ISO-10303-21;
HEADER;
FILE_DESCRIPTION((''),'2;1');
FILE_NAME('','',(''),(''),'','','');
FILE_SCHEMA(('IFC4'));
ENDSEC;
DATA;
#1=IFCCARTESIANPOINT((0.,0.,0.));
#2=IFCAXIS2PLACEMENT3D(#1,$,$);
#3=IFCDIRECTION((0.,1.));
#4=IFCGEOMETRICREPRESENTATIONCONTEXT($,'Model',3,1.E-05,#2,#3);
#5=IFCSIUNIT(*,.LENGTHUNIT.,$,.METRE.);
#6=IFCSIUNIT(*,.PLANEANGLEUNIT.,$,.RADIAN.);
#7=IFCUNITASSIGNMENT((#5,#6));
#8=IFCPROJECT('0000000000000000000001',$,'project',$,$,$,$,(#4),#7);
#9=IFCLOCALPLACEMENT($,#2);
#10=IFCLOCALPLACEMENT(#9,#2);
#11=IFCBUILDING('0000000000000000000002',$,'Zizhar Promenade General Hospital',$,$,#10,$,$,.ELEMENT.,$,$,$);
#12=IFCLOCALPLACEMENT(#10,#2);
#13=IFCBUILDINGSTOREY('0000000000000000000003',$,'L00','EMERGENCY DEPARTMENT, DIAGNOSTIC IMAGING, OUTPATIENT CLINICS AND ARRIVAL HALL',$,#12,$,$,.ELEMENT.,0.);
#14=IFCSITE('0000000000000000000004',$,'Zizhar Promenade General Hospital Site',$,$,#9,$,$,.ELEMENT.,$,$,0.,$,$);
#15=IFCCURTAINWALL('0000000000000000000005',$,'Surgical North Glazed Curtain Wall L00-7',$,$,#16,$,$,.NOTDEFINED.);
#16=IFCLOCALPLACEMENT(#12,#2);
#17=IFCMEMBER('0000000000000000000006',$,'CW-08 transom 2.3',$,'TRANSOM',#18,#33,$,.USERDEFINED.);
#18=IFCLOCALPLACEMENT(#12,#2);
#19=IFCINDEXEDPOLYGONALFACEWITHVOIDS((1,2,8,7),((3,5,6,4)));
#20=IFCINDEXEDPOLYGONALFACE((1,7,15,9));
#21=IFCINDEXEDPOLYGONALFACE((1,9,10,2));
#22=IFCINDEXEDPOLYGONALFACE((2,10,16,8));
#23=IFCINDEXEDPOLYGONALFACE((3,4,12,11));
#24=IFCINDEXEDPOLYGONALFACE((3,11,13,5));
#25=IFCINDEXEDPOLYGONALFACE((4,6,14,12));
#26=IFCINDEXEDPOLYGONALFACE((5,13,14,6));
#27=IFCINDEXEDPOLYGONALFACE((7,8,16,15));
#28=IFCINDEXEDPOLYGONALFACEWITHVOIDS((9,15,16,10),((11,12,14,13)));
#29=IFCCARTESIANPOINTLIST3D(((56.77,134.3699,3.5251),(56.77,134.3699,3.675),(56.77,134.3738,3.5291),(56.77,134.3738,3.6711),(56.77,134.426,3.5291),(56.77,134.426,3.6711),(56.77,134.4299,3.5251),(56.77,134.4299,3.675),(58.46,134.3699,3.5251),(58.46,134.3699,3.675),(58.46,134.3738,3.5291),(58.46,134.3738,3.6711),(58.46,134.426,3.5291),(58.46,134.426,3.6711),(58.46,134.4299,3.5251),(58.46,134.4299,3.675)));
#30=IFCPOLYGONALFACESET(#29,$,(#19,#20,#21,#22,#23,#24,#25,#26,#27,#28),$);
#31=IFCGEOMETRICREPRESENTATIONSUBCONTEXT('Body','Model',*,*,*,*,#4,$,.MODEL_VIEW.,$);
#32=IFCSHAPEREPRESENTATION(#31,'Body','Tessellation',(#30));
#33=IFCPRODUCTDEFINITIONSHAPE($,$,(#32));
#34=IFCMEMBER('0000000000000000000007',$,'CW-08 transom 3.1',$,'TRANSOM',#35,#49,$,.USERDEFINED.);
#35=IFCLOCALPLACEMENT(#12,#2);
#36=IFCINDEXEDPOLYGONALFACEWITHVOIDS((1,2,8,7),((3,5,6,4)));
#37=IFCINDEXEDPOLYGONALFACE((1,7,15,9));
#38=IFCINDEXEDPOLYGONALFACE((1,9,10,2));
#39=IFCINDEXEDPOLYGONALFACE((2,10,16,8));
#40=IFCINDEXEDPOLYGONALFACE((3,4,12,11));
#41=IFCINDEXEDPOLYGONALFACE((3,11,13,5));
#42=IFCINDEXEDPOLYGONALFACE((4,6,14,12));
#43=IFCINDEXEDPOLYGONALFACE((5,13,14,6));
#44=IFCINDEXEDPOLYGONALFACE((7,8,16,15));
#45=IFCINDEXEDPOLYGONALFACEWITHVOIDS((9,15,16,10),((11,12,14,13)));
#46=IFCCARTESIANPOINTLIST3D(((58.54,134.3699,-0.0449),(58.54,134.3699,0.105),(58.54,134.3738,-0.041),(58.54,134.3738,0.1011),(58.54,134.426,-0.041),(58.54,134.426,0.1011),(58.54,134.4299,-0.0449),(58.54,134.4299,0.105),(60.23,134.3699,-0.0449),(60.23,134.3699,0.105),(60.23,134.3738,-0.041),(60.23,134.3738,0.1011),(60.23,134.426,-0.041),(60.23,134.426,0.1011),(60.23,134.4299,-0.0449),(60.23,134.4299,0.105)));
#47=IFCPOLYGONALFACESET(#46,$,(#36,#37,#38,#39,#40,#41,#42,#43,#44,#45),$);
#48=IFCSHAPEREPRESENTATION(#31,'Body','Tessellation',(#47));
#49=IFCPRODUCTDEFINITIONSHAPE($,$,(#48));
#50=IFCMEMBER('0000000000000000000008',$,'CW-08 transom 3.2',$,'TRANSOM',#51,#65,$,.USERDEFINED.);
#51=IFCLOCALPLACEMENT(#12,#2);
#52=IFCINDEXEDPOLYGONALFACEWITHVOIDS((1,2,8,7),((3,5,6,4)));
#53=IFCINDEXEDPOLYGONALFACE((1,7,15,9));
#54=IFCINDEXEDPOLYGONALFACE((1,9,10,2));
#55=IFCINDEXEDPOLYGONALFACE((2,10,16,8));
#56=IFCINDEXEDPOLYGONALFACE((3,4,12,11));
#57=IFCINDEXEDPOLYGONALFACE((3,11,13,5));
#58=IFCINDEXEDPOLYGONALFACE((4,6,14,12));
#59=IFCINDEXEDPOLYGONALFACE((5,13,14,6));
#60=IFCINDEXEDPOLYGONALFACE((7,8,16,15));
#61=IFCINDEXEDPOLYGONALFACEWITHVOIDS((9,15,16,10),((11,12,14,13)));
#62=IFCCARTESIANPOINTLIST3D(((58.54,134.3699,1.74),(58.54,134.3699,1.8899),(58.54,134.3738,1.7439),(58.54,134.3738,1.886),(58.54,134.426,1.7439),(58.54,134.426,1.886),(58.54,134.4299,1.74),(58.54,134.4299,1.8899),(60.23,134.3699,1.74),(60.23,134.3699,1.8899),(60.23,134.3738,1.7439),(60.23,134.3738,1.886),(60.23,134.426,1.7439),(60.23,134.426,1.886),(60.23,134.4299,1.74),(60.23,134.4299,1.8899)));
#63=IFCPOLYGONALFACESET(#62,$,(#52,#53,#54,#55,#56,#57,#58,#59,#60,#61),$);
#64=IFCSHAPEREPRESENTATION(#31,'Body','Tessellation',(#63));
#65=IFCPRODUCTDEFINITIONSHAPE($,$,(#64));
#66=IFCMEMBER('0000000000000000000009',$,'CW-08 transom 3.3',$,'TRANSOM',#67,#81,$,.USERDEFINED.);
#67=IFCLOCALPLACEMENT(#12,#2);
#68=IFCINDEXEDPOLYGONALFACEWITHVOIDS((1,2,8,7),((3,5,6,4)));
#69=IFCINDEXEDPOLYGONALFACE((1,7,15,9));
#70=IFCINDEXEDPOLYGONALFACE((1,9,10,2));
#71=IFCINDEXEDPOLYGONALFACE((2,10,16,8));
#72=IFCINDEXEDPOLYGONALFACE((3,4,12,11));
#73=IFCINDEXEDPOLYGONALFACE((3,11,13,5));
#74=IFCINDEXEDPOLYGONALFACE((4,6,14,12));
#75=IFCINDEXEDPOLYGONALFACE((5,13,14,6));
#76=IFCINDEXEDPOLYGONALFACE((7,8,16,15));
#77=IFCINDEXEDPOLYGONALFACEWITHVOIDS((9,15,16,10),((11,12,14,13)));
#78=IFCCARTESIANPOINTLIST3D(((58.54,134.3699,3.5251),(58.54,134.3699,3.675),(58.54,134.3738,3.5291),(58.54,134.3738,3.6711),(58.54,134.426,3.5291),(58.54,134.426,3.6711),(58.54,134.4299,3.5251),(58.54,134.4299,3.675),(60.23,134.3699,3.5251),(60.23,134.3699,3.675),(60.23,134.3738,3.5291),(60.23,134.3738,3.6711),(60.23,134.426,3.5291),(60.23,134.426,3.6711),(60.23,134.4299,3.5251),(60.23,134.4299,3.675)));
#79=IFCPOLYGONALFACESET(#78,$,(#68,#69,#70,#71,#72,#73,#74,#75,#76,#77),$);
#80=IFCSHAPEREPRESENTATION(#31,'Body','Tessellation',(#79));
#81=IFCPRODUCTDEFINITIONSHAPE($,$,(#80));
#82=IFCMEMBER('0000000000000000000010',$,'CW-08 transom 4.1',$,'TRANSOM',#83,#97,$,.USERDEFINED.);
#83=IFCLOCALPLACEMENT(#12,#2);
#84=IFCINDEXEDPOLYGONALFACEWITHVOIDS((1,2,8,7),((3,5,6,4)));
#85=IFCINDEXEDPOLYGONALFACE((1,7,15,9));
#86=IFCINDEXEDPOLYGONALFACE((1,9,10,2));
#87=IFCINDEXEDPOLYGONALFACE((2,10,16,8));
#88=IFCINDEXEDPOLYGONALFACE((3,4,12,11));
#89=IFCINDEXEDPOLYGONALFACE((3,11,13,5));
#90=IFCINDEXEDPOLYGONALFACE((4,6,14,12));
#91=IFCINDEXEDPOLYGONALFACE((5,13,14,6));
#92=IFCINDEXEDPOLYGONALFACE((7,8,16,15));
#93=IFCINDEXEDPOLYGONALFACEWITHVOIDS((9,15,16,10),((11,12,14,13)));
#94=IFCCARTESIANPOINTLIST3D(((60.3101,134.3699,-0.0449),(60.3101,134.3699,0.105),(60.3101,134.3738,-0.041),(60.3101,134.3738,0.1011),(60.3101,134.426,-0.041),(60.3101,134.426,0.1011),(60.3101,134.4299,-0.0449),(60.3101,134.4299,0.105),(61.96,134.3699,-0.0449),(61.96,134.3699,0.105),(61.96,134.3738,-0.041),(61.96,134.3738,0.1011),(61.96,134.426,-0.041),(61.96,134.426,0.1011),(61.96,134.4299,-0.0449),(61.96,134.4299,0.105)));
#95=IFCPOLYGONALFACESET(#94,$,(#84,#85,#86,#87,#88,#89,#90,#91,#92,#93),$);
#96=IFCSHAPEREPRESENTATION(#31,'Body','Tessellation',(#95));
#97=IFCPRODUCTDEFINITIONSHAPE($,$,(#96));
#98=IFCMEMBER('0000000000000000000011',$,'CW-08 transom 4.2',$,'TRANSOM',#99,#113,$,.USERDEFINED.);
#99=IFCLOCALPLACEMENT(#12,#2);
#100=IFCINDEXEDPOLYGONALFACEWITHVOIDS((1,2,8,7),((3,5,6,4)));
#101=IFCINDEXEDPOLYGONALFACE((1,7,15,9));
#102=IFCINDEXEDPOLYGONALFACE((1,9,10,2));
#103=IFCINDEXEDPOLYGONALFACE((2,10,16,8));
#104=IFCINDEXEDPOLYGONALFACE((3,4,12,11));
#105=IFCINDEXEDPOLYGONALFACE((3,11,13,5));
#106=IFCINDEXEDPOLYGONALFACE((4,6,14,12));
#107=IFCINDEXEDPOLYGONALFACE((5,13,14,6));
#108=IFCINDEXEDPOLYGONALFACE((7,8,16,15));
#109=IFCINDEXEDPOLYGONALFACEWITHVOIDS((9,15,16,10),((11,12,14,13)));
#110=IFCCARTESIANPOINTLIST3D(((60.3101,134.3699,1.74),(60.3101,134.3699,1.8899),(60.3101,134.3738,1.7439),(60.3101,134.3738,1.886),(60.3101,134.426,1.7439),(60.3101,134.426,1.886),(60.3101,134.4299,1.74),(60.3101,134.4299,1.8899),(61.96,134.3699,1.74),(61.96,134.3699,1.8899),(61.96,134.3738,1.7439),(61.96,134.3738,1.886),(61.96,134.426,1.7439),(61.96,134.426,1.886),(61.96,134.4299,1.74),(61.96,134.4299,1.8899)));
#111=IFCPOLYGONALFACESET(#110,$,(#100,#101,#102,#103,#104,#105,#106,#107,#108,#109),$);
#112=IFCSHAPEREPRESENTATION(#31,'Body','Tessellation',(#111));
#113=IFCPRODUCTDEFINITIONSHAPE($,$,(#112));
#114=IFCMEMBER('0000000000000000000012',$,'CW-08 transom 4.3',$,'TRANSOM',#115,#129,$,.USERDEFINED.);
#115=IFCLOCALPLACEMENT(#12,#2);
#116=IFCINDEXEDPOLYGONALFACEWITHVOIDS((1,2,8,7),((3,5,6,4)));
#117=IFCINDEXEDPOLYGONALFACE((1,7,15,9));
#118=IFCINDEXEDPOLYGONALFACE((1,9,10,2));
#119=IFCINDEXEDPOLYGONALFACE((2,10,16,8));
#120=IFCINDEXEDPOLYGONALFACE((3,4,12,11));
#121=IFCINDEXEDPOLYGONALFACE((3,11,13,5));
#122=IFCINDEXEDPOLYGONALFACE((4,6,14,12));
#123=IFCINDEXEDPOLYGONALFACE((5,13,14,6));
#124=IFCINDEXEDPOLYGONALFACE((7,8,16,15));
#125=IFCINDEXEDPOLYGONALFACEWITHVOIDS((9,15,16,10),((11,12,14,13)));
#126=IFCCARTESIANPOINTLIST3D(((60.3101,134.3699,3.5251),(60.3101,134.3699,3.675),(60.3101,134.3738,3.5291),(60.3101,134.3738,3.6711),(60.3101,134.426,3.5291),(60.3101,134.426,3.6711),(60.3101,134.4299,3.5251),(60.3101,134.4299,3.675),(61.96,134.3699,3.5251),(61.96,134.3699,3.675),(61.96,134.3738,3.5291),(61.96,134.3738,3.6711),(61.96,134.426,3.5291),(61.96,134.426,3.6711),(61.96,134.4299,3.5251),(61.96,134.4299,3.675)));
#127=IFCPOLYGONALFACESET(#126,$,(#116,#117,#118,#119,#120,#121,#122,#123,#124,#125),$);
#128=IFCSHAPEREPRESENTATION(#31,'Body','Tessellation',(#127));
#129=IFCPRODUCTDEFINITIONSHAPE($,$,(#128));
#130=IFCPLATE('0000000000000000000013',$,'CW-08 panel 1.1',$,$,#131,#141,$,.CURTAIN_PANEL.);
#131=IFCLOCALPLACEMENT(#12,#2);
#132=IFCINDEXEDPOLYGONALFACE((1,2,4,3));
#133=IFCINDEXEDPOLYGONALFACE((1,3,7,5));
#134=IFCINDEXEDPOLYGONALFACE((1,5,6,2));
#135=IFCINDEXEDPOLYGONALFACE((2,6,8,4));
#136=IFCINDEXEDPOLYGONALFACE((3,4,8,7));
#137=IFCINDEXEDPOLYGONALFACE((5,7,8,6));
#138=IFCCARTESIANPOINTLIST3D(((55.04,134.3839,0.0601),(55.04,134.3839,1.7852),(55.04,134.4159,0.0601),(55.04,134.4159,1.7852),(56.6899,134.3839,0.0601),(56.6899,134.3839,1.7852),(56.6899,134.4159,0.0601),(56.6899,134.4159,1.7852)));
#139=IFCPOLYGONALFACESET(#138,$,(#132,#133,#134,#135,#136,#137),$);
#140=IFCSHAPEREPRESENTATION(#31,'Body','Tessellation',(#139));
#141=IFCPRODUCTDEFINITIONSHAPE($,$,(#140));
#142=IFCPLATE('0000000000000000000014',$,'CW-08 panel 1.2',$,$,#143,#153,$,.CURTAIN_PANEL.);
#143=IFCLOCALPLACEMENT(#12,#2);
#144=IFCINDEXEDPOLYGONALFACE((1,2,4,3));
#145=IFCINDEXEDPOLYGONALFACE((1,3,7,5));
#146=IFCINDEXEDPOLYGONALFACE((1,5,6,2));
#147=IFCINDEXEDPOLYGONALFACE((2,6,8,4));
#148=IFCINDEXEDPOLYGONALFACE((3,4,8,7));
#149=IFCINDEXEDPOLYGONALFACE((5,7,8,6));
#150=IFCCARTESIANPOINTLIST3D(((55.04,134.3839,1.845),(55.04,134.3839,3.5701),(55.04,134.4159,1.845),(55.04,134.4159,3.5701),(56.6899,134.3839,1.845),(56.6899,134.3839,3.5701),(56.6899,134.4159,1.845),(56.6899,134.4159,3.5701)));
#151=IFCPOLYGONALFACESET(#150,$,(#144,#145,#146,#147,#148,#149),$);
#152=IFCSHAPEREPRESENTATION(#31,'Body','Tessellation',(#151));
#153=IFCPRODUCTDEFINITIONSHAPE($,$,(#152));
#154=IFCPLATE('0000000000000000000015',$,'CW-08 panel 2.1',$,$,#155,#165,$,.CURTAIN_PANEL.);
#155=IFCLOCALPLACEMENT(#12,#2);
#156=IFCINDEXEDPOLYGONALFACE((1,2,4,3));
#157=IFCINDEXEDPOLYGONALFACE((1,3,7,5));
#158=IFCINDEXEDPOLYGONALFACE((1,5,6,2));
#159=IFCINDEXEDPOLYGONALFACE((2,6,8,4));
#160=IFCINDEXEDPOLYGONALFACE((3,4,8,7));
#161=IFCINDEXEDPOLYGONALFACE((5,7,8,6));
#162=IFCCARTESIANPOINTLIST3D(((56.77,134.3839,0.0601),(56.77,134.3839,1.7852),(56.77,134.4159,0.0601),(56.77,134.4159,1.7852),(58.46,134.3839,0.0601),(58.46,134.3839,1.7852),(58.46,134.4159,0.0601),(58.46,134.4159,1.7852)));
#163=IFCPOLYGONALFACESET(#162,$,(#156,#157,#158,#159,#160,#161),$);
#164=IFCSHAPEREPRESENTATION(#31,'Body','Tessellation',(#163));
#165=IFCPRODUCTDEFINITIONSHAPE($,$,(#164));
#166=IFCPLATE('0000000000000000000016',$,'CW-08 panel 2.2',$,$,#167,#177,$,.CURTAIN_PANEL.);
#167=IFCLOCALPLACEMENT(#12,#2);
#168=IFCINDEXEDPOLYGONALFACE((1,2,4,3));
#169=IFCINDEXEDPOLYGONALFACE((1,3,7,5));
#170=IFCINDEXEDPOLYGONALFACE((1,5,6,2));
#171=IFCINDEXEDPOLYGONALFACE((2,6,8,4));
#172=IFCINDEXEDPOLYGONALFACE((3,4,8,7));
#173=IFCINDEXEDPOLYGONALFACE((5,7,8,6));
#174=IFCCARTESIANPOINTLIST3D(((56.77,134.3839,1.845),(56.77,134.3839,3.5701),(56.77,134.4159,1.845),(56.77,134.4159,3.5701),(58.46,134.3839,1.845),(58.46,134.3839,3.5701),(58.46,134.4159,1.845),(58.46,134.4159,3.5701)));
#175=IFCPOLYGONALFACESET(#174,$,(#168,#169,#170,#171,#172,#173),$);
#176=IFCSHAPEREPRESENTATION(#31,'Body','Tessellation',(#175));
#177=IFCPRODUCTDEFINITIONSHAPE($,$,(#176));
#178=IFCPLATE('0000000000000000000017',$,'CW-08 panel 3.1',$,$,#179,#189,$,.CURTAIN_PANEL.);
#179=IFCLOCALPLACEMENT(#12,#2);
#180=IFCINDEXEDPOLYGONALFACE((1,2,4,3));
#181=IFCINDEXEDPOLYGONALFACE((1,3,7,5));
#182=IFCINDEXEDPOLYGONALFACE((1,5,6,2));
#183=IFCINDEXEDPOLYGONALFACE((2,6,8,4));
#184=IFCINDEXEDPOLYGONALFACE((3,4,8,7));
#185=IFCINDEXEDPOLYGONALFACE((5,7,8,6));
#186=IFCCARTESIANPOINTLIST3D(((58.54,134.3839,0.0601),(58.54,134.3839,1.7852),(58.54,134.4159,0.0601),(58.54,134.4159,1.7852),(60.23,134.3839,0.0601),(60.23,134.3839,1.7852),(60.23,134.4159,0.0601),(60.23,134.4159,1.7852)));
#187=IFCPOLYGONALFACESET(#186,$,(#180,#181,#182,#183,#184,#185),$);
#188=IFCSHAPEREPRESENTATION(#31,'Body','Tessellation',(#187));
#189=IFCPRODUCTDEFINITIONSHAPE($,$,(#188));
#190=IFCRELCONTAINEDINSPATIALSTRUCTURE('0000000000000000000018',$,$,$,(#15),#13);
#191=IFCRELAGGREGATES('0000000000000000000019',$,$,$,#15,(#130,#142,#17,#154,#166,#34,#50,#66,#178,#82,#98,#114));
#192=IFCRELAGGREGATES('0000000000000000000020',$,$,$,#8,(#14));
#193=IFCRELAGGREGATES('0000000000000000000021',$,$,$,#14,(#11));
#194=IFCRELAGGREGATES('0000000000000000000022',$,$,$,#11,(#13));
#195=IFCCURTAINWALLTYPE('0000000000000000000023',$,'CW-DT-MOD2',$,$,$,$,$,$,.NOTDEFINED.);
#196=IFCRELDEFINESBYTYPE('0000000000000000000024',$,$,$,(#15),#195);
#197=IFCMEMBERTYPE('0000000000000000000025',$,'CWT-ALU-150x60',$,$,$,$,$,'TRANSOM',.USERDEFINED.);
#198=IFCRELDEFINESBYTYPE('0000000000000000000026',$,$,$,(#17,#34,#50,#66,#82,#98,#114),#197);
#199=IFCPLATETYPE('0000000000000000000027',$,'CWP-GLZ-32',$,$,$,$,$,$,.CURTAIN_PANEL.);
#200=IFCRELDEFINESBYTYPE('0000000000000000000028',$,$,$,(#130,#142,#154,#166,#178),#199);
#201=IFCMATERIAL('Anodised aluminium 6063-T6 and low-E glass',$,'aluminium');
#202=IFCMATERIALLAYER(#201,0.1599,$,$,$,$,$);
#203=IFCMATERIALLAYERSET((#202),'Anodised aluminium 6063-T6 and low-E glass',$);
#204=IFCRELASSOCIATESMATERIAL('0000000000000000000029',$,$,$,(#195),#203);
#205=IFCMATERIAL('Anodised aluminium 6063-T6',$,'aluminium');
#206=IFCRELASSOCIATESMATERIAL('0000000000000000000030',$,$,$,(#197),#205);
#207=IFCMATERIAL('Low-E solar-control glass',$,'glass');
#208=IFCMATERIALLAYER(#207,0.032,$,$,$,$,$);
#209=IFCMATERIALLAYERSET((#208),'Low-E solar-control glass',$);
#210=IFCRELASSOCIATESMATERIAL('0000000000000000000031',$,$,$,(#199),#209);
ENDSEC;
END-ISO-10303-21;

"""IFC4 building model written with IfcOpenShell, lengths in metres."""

from ifc_helpers import new_model, si_unit, direction, frame, origin, origin_2d, place, context, subcontext, project, spatial, rectangle, hollow_rectangle, extrude, material, layer, layer_set, material_profile, profile_set, type_object, element, aggregate, save


model = new_model("IFC4")

# Units and contexts
model_context = context("Model", 3, precision=1e-05, world=origin(), true_north=direction((0.0, 1.0)))
body_context = subcontext(model_context, "Body", "Model", "MODEL_VIEW")
ifc_project = project(units=[si_unit("LENGTHUNIT", "METRE"), si_unit("PLANEANGLEUNIT", "RADIAN")], contexts=[model_context])

# Site, building, storey
site_placement = place(None, origin())
site = spatial("IfcSite", under=ifc_project, at=site_placement, Name="Zizhar Promenade General Hospital Site", CompositionType="ELEMENT", RefElevation=0.0)
building_placement = place(site_placement, origin())
building = spatial("IfcBuilding", under=site, at=building_placement, Name="Zizhar Promenade General Hospital", CompositionType="ELEMENT")
storey_placement = place(building_placement, origin())
storey = spatial("IfcBuildingStorey", under=building, at=storey_placement, Name="L00", Description="EMERGENCY DEPARTMENT, DIAGNOSTIC IMAGING, OUTPATIENT CLINICS AND ARRIVAL HALL", CompositionType="ELEMENT", Elevation=0.0)

# Curtain wall, members, plates
ifc_material_1 = material(Name="Anodised aluminium 6063-T6 and low-E glass", Category="aluminium")
ifc_layer_1 = layer(ifc_material_1, 0.1599)
ifc_layer_set_1 = layer_set([ifc_layer_1], Name="Anodised aluminium 6063-T6 and low-E glass")
curtain_wall_type = type_object("IfcCurtainWallType", Name="CW-DT-MOD2", PredefinedType="NOTDEFINED", material=ifc_layer_set_1)
curtain_wall_placement = place(storey_placement, origin())
curtain_wall = element("IfcCurtainWall", 1, at=curtain_wall_placement, inside=storey, type_object=curtain_wall_type, Name="Surgical North Glazed Curtain Wall L00-7", PredefinedType="NOTDEFINED")
ifc_material_2 = material(Name="Anodised aluminium 6063-T6", Category="aluminium")
ifc_material_profile_1 = material_profile(ifc_material_2, hollow_rectangle(XDim=0.0601, YDim=0.1499, WallThickness=0.0039, at=origin_2d()))
ifc_profile_set_1 = profile_set([ifc_material_profile_1], Name="Anodised aluminium 6063-T6")
member_type_1 = type_object("IfcMemberType", Name="CWT-ALU-150x60", ElementType="TRANSOM", PredefinedType="USERDEFINED", material=ifc_profile_set_1)
member_1_placement = place(storey_placement, frame((56.77, 134.3999, 3.6001), z_axis=(1.0, 0.0, 0.0), x_axis=(0.0, 1.0, 0.0)))
member_1 = element("IfcMember", 2, at=member_1_placement, type_object=member_type_1, Name="CW-08 transom 2.3", ObjectType="TRANSOM", PredefinedType="USERDEFINED", context=body_context, shape_type="SweptSolid", body=[
    extrude(hollow_rectangle(XDim=0.0601, YDim=0.1499, WallThickness=0.0039, at=origin_2d()), origin(), (0.0, 0.0, 1.0), 1.6899),
])
member_2_placement = place(storey_placement, frame((58.54, 134.3999, 0.03), z_axis=(1.0, 0.0, 0.0), x_axis=(0.0, 1.0, 0.0)))
member_2 = element("IfcMember", 3, at=member_2_placement, type_object=member_type_1, Name="CW-08 transom 3.1", ObjectType="TRANSOM", PredefinedType="USERDEFINED", context=body_context, shape_type="SweptSolid", body=[
    extrude(hollow_rectangle(XDim=0.0601, YDim=0.1499, WallThickness=0.0039, at=origin_2d()), origin(), (0.0, 0.0, 1.0), 1.6899),
])
member_3_placement = place(storey_placement, frame((58.54, 134.3999, 1.8149), z_axis=(1.0, 0.0, 0.0), x_axis=(0.0, 1.0, 0.0)))
member_3 = element("IfcMember", 4, at=member_3_placement, type_object=member_type_1, Name="CW-08 transom 3.2", ObjectType="TRANSOM", PredefinedType="USERDEFINED", context=body_context, shape_type="SweptSolid", body=[
    extrude(hollow_rectangle(XDim=0.0601, YDim=0.1499, WallThickness=0.0039, at=origin_2d()), origin(), (0.0, 0.0, 1.0), 1.6899),
])
member_4_placement = place(storey_placement, frame((58.54, 134.3999, 3.6001), z_axis=(1.0, 0.0, 0.0), x_axis=(0.0, 1.0, 0.0)))
member_4 = element("IfcMember", 5, at=member_4_placement, type_object=member_type_1, Name="CW-08 transom 3.3", ObjectType="TRANSOM", PredefinedType="USERDEFINED", context=body_context, shape_type="SweptSolid", body=[
    extrude(hollow_rectangle(XDim=0.0601, YDim=0.1499, WallThickness=0.0039, at=origin_2d()), origin(), (0.0, 0.0, 1.0), 1.6899),
])
member_5_placement = place(storey_placement, frame((60.3101, 134.3999, 0.03), z_axis=(1.0, 0.0, 0.0), x_axis=(0.0, 1.0, 0.0)))
member_5 = element("IfcMember", 6, at=member_5_placement, type_object=member_type_1, Name="CW-08 transom 4.1", ObjectType="TRANSOM", PredefinedType="USERDEFINED", context=body_context, shape_type="SweptSolid", body=[
    extrude(hollow_rectangle(XDim=0.0601, YDim=0.1499, WallThickness=0.0039, at=origin_2d()), origin(), (0.0, 0.0, 1.0), 1.6499),
])
member_6_placement = place(storey_placement, frame((60.3101, 134.3999, 1.8149), z_axis=(1.0, 0.0, 0.0), x_axis=(0.0, 1.0, 0.0)))
member_6 = element("IfcMember", 7, at=member_6_placement, type_object=member_type_1, Name="CW-08 transom 4.2", ObjectType="TRANSOM", PredefinedType="USERDEFINED", context=body_context, shape_type="SweptSolid", body=[
    extrude(hollow_rectangle(XDim=0.0601, YDim=0.1499, WallThickness=0.0039, at=origin_2d()), origin(), (0.0, 0.0, 1.0), 1.6499),
])
member_7_placement = place(storey_placement, frame((60.3101, 134.3999, 3.6001), z_axis=(1.0, 0.0, 0.0), x_axis=(0.0, 1.0, 0.0)))
member_7 = element("IfcMember", 8, at=member_7_placement, type_object=member_type_1, Name="CW-08 transom 4.3", ObjectType="TRANSOM", PredefinedType="USERDEFINED", context=body_context, shape_type="SweptSolid", body=[
    extrude(hollow_rectangle(XDim=0.0601, YDim=0.1499, WallThickness=0.0039, at=origin_2d()), origin(), (0.0, 0.0, 1.0), 1.6499),
])
ifc_material_3 = material(Name="Low-E solar-control glass", Category="glass")
ifc_layer_2 = layer(ifc_material_3, 0.032)
ifc_layer_set_2 = layer_set([ifc_layer_2], Name="Low-E solar-control glass")
plate_type = type_object("IfcPlateType", Name="CWP-GLZ-32", PredefinedType="CURTAIN_PANEL", material=ifc_layer_set_2)
plate_1_placement = place(storey_placement, frame((55.865, 134.3999, 0.0601), z_axis=(0.0, 0.0, 1.0), x_axis=(1.0, 0.0, 0.0)))
plate_1 = element("IfcPlate", 9, at=plate_1_placement, type_object=plate_type, Name="CW-08 panel 1.1", PredefinedType="CURTAIN_PANEL", context=body_context, shape_type="SweptSolid", body=[
    extrude(rectangle(XDim=1.6499, YDim=0.032, at=origin_2d()), origin(), (0.0, 0.0, 1.0), 1.7251),
])
plate_2_placement = place(storey_placement, frame((55.865, 134.3999, 1.845), z_axis=(0.0, 0.0, 1.0), x_axis=(1.0, 0.0, 0.0)))
plate_2 = element("IfcPlate", 10, at=plate_2_placement, type_object=plate_type, Name="CW-08 panel 1.2", PredefinedType="CURTAIN_PANEL", context=body_context, shape_type="SweptSolid", body=[
    extrude(rectangle(XDim=1.6499, YDim=0.032, at=origin_2d()), origin(), (0.0, 0.0, 1.0), 1.7251),
])
plate_3_placement = place(storey_placement, frame((57.615, 134.3999, 0.0601), z_axis=(0.0, 0.0, 1.0), x_axis=(1.0, 0.0, 0.0)))
plate_3 = element("IfcPlate", 11, at=plate_3_placement, type_object=plate_type, Name="CW-08 panel 2.1", PredefinedType="CURTAIN_PANEL", context=body_context, shape_type="SweptSolid", body=[
    extrude(rectangle(XDim=1.6899, YDim=0.032, at=origin_2d()), origin(), (0.0, 0.0, 1.0), 1.7251),
])
plate_4_placement = place(storey_placement, frame((57.615, 134.3999, 1.845), z_axis=(0.0, 0.0, 1.0), x_axis=(1.0, 0.0, 0.0)))
plate_4 = element("IfcPlate", 12, at=plate_4_placement, type_object=plate_type, Name="CW-08 panel 2.2", PredefinedType="CURTAIN_PANEL", context=body_context, shape_type="SweptSolid", body=[
    extrude(rectangle(XDim=1.6899, YDim=0.032, at=origin_2d()), origin(), (0.0, 0.0, 1.0), 1.7251),
])
plate_5_placement = place(storey_placement, frame((59.385, 134.3999, 0.0601), z_axis=(0.0, 0.0, 1.0), x_axis=(1.0, 0.0, 0.0)))
plate_5 = element("IfcPlate", 13, at=plate_5_placement, type_object=plate_type, Name="CW-08 panel 3.1", PredefinedType="CURTAIN_PANEL", context=body_context, shape_type="SweptSolid", body=[
    extrude(rectangle(XDim=1.6899, YDim=0.032, at=origin_2d()), origin(), (0.0, 0.0, 1.0), 1.7251),
])
aggregate(curtain_wall, [plate_1, plate_2, member_1, plate_3, plate_4, member_2, member_3, member_4, plate_5, member_5, member_6, member_7])

save(model, "model.ifc")
